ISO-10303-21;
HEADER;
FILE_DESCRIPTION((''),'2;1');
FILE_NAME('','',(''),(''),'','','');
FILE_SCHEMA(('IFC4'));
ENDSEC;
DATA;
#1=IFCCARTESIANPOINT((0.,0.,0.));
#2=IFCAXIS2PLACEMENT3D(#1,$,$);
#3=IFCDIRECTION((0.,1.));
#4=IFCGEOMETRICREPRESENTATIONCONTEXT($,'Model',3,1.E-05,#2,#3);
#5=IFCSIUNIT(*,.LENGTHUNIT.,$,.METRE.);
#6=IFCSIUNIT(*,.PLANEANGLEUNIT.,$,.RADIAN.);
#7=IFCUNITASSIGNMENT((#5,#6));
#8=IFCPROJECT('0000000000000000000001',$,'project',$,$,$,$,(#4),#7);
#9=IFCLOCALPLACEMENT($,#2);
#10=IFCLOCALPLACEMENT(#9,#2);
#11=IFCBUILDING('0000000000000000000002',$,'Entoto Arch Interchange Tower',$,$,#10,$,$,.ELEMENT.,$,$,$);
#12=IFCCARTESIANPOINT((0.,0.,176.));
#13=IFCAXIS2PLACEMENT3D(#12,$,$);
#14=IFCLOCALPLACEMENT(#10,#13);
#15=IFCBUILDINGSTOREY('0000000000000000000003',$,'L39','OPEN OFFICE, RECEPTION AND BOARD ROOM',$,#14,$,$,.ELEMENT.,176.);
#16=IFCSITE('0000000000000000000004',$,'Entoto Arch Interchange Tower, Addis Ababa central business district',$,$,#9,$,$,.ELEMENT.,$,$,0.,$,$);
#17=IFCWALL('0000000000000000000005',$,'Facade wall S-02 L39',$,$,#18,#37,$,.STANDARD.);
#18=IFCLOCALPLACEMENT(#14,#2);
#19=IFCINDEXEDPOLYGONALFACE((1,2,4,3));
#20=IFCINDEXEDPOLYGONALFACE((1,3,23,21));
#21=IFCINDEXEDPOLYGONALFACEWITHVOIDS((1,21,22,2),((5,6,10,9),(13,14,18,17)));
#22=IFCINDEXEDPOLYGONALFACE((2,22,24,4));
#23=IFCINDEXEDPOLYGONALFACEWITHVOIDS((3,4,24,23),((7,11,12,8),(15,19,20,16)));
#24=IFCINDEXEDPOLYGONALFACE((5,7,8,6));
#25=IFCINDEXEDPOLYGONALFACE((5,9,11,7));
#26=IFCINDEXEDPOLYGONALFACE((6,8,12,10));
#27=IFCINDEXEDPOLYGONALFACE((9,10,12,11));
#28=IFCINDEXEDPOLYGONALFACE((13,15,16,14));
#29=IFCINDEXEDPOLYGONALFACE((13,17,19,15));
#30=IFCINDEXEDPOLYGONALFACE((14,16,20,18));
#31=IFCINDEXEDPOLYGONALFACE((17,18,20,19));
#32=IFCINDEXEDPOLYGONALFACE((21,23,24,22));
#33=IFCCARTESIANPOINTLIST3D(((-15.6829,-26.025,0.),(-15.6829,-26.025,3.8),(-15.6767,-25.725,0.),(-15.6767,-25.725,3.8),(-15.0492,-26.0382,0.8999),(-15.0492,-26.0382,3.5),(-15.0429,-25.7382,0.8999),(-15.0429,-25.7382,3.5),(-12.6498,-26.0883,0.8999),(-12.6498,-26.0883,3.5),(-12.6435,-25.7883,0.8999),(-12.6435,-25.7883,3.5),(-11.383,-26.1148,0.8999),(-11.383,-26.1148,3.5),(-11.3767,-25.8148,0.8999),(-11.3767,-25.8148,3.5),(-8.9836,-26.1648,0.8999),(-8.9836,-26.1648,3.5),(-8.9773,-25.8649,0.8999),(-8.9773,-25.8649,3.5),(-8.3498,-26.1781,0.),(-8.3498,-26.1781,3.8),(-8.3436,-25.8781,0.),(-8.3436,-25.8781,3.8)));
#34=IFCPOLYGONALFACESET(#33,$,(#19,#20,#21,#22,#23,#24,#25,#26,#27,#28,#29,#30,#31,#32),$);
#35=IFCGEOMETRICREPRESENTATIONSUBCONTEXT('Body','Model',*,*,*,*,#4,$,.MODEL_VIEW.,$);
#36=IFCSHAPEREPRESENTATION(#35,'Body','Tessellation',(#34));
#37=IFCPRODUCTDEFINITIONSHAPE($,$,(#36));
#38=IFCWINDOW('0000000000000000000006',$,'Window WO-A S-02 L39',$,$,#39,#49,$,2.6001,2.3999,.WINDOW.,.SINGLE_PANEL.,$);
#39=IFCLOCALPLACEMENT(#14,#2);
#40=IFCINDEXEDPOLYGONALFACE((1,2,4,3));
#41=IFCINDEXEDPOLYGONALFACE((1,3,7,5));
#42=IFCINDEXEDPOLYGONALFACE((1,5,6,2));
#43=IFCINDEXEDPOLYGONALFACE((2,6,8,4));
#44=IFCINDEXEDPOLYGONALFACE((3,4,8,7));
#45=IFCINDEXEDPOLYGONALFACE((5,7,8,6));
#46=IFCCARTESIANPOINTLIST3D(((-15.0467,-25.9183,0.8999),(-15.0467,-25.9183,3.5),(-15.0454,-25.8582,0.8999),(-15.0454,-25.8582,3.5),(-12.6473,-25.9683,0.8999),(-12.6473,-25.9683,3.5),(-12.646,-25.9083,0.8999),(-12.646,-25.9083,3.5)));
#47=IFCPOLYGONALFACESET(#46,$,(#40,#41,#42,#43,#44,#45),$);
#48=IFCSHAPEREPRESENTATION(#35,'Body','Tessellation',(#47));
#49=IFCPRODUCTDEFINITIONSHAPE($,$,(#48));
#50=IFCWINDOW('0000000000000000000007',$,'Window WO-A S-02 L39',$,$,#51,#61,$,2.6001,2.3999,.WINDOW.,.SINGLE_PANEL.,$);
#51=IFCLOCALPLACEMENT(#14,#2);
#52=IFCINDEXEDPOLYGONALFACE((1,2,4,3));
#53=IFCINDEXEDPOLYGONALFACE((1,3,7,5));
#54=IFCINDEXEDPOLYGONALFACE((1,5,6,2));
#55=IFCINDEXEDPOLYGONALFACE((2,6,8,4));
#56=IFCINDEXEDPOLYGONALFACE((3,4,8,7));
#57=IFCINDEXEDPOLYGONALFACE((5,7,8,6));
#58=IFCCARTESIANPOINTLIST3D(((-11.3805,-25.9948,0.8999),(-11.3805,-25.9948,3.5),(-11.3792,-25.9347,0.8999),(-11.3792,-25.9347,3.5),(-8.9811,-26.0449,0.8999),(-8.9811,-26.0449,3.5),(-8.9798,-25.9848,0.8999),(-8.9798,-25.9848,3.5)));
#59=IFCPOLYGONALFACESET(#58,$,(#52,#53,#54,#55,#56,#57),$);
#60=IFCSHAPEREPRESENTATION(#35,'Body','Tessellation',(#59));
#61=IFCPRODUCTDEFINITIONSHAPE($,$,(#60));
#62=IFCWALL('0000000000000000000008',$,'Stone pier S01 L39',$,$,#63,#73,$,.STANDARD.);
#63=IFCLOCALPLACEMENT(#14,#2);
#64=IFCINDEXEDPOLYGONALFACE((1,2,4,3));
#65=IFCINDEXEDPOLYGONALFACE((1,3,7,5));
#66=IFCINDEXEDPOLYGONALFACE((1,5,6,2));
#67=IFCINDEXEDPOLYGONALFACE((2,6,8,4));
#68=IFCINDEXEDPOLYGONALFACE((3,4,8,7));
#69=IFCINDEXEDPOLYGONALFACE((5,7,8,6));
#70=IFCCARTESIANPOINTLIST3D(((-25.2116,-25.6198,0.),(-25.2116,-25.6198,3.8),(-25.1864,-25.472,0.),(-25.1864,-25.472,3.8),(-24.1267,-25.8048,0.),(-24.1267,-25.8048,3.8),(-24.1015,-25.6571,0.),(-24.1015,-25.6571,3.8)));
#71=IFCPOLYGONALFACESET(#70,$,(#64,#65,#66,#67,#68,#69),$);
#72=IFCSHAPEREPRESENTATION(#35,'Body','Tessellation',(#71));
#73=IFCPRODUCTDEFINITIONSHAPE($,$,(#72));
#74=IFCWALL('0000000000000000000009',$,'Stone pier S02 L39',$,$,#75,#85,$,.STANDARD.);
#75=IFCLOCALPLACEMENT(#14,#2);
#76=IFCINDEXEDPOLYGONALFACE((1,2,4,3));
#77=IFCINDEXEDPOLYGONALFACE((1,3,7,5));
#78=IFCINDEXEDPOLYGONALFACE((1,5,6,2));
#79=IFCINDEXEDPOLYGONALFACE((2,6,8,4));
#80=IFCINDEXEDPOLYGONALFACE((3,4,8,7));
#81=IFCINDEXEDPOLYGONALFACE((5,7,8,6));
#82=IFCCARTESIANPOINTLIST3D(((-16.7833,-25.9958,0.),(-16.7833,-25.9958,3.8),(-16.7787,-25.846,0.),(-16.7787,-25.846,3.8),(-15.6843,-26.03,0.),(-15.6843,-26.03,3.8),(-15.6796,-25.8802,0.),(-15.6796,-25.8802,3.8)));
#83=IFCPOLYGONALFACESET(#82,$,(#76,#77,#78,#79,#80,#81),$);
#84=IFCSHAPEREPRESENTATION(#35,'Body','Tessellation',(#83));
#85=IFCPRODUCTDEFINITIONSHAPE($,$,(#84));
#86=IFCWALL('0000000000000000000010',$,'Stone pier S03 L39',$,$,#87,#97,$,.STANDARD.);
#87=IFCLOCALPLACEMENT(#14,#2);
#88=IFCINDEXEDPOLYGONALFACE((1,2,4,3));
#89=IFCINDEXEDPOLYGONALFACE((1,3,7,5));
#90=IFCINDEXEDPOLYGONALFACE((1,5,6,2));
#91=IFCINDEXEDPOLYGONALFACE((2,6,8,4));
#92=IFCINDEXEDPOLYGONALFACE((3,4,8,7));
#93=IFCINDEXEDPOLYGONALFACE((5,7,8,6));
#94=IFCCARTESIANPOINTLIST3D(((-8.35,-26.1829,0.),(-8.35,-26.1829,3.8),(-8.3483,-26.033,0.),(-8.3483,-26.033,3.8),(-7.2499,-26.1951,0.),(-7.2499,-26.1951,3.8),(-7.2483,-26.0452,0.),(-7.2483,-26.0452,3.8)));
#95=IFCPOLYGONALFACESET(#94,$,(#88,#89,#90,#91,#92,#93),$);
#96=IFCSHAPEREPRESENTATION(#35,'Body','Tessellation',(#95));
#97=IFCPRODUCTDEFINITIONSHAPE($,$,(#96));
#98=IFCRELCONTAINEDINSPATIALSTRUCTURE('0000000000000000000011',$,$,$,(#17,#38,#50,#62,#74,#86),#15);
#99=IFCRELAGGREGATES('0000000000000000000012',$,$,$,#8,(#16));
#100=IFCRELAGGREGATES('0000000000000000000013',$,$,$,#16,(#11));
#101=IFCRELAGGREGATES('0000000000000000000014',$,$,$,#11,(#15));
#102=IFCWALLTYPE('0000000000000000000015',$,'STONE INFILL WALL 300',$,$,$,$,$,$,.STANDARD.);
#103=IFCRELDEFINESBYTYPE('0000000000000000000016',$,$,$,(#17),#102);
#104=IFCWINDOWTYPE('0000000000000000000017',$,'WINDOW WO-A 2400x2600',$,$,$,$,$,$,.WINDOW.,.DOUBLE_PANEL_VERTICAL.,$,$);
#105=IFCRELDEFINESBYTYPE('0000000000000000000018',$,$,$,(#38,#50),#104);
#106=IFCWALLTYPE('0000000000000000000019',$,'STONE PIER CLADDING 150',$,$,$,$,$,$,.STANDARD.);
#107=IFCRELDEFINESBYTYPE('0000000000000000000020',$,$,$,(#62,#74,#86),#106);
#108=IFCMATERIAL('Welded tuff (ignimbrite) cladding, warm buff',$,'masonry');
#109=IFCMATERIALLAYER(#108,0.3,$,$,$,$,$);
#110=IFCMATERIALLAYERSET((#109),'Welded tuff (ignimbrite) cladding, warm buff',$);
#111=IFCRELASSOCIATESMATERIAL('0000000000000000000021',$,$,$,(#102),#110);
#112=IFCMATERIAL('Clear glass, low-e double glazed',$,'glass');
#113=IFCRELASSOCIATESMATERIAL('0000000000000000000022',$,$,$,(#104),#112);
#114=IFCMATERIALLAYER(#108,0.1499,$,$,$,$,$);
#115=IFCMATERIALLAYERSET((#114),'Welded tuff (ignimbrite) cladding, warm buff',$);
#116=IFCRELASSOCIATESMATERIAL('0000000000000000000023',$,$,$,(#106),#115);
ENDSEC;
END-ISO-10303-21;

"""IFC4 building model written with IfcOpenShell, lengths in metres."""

from ifc_helpers import new_model, si_unit, direction, frame, frame_2d, origin, place, context, subcontext, project, spatial, rectangle, extrude, material, layer, layer_set, type_object, element, fill, save


model = new_model("IFC4")

# Units and contexts
model_context = context("Model", 3, precision=1e-05, world=origin(), true_north=direction((0.0, 1.0)))
body_context = subcontext(model_context, "Body", "Model", "MODEL_VIEW")
ifc_project = project(units=[si_unit("LENGTHUNIT", "METRE"), si_unit("PLANEANGLEUNIT", "RADIAN")], contexts=[model_context])

# Site, building, storey
site_placement = place(None, origin())
site = spatial("IfcSite", under=ifc_project, at=site_placement, Name="Entoto Arch Interchange Tower, Addis Ababa central business district", CompositionType="ELEMENT", RefElevation=0.0)
building_placement = place(site_placement, origin())
building = spatial("IfcBuilding", under=site, at=building_placement, Name="Entoto Arch Interchange Tower", CompositionType="ELEMENT")
storey_placement = place(building_placement, frame((0.0, 0.0, 176.0)))
storey = spatial("IfcBuildingStorey", under=building, at=storey_placement, Name="L39", Description="OPEN OFFICE, RECEPTION AND BOARD ROOM", CompositionType="ELEMENT", Elevation=176.0)

# Wall, openings, windows
ifc_material_1 = material(Name="Welded tuff (ignimbrite) cladding, warm buff", Category="masonry")
ifc_layer_1 = layer(ifc_material_1, 0.3)
ifc_layer_set_1 = layer_set([ifc_layer_1], Name="Welded tuff (ignimbrite) cladding, warm buff")
wall_type_1 = type_object("IfcWallType", Name="STONE INFILL WALL 300", PredefinedType="STANDARD", material=ifc_layer_set_1)
ifc_material_2 = material(Name="Clear glass, low-e double glazed", Category="glass")
window_type = type_object("IfcWindowType", Name="WINDOW WO-A 2400x2600", PartitioningType="DOUBLE_PANEL_VERTICAL", PredefinedType="WINDOW", material=ifc_material_2)
wall_1_placement = place(storey_placement, frame((-15.6799, -25.875, 0.0), z_axis=(0.0, 0.0, 1.0), x_axis=(0.999782, -0.02087, 0.0)))
wall_1 = element("IfcWall", 1, at=wall_1_placement, inside=storey, type_object=wall_type_1, Name="Facade wall S-02 L39", PredefinedType="STANDARD", context=body_context, shape_type="SweptSolid", body=[
    extrude(rectangle(XDim=7.3347, YDim=0.3, at=frame_2d((3.6675, 0.0))), origin(), (0.0, 0.0, 1.0), 3.8),
])
opening_1_placement = place(wall_1_placement, frame((0.634, 0.0, 0.8999)))
opening_1 = element("IfcOpeningElement", 2, at=opening_1_placement, cuts=wall_1, PredefinedType="OPENING", context=body_context, shape_type="SweptSolid", body=[
    extrude(rectangle(XDim=2.3999, YDim=2.6001, at=frame_2d((1.2, 1.3))), frame((0.0, 0.1602, 0.0), z_axis=(0.0, -1.0, 0.0), x_axis=(1.0, 0.0, 0.0)), (0.0, 0.0, 1.0), 0.3201),
])
opening_2_placement = place(wall_1_placement, frame((4.301, 0.0, 0.8999)))
opening_2 = element("IfcOpeningElement", 3, at=opening_2_placement, cuts=wall_1, PredefinedType="OPENING", context=body_context, shape_type="SweptSolid", body=[
    extrude(rectangle(XDim=2.3999, YDim=2.6001, at=frame_2d((1.2, 1.3))), frame((0.0, 0.1602, 0.0), z_axis=(0.0, -1.0, 0.0), x_axis=(1.0, 0.0, 0.0)), (0.0, 0.0, 1.0), 0.3201),
])
window_1_placement = place(opening_1_placement, origin())
window_1 = element("IfcWindow", 4, at=window_1_placement, inside=storey, type_object=window_type, Name="Window WO-A S-02 L39", OverallHeight=2.6001, OverallWidth=2.3999, PartitioningType="SINGLE_PANEL", PredefinedType="WINDOW", context=body_context, shape_type="SweptSolid", body=[
    extrude(rectangle(XDim=2.3999, YDim=2.6001, at=frame_2d((1.2, 1.3))), frame((0.0, 0.03, 0.0), z_axis=(0.0, -1.0, 0.0), x_axis=(1.0, 0.0, 0.0)), (0.0, 0.0, 1.0), 0.0601),
])
fill(opening_1, window_1)
window_2_placement = place(opening_2_placement, origin())
window_2 = element("IfcWindow", 5, at=window_2_placement, inside=storey, type_object=window_type, Name="Window WO-A S-02 L39", OverallHeight=2.6001, OverallWidth=2.3999, PartitioningType="SINGLE_PANEL", PredefinedType="WINDOW", context=body_context, shape_type="SweptSolid", body=[
    extrude(rectangle(XDim=2.3999, YDim=2.6001, at=frame_2d((1.2, 1.3))), frame((0.0, 0.03, 0.0), z_axis=(0.0, -1.0, 0.0), x_axis=(1.0, 0.0, 0.0)), (0.0, 0.0, 1.0), 0.0601),
])
fill(opening_2, window_2)

# Walls
ifc_layer_2 = layer(ifc_material_1, 0.1499)
ifc_layer_set_2 = layer_set([ifc_layer_2], Name="Welded tuff (ignimbrite) cladding, warm buff")
wall_type_2 = type_object("IfcWallType", Name="STONE PIER CLADDING 150", PredefinedType="STANDARD", material=ifc_layer_set_2)
wall_2_placement = place(storey_placement, frame((-25.199, -25.5459, 0.0), z_axis=(0.0, 0.0, 1.0), x_axis=(0.985763, -0.168139, 0.0)))
element("IfcWall", 6, at=wall_2_placement, inside=storey, type_object=wall_type_2, Name="Stone pier S01 L39", PredefinedType="STANDARD", context=body_context, shape_type="SweptSolid", body=[
    extrude(rectangle(XDim=1.1006, YDim=0.1499, at=frame_2d((0.5503, 0.0))), origin(), (0.0, 0.0, 1.0), 3.8),
])
wall_3_placement = place(storey_placement, frame((-16.781, -25.9209, 0.0), z_axis=(0.0, 0.0, 1.0), x_axis=(0.999517, -0.031082, 0.0)))
element("IfcWall", 7, at=wall_3_placement, inside=storey, type_object=wall_type_2, Name="Stone pier S02 L39", PredefinedType="STANDARD", context=body_context, shape_type="SweptSolid", body=[
    extrude(rectangle(XDim=1.0996, YDim=0.1499, at=frame_2d((0.5498, 0.0))), origin(), (0.0, 0.0, 1.0), 3.8),
])
wall_4_placement = place(storey_placement, frame((-8.3491, -26.1079, 0.0), z_axis=(0.0, 0.0, 1.0), x_axis=(0.999938, -0.011096, 0.0)))
element("IfcWall", 8, at=wall_4_placement, inside=storey, type_object=wall_type_2, Name="Stone pier S03 L39", PredefinedType="STANDARD", context=body_context, shape_type="SweptSolid", body=[
    extrude(rectangle(XDim=1.1001, YDim=0.1499, at=frame_2d((0.55, 0.0))), origin(), (0.0, 0.0, 1.0), 3.8),
])

save(model, "model.ifc")
